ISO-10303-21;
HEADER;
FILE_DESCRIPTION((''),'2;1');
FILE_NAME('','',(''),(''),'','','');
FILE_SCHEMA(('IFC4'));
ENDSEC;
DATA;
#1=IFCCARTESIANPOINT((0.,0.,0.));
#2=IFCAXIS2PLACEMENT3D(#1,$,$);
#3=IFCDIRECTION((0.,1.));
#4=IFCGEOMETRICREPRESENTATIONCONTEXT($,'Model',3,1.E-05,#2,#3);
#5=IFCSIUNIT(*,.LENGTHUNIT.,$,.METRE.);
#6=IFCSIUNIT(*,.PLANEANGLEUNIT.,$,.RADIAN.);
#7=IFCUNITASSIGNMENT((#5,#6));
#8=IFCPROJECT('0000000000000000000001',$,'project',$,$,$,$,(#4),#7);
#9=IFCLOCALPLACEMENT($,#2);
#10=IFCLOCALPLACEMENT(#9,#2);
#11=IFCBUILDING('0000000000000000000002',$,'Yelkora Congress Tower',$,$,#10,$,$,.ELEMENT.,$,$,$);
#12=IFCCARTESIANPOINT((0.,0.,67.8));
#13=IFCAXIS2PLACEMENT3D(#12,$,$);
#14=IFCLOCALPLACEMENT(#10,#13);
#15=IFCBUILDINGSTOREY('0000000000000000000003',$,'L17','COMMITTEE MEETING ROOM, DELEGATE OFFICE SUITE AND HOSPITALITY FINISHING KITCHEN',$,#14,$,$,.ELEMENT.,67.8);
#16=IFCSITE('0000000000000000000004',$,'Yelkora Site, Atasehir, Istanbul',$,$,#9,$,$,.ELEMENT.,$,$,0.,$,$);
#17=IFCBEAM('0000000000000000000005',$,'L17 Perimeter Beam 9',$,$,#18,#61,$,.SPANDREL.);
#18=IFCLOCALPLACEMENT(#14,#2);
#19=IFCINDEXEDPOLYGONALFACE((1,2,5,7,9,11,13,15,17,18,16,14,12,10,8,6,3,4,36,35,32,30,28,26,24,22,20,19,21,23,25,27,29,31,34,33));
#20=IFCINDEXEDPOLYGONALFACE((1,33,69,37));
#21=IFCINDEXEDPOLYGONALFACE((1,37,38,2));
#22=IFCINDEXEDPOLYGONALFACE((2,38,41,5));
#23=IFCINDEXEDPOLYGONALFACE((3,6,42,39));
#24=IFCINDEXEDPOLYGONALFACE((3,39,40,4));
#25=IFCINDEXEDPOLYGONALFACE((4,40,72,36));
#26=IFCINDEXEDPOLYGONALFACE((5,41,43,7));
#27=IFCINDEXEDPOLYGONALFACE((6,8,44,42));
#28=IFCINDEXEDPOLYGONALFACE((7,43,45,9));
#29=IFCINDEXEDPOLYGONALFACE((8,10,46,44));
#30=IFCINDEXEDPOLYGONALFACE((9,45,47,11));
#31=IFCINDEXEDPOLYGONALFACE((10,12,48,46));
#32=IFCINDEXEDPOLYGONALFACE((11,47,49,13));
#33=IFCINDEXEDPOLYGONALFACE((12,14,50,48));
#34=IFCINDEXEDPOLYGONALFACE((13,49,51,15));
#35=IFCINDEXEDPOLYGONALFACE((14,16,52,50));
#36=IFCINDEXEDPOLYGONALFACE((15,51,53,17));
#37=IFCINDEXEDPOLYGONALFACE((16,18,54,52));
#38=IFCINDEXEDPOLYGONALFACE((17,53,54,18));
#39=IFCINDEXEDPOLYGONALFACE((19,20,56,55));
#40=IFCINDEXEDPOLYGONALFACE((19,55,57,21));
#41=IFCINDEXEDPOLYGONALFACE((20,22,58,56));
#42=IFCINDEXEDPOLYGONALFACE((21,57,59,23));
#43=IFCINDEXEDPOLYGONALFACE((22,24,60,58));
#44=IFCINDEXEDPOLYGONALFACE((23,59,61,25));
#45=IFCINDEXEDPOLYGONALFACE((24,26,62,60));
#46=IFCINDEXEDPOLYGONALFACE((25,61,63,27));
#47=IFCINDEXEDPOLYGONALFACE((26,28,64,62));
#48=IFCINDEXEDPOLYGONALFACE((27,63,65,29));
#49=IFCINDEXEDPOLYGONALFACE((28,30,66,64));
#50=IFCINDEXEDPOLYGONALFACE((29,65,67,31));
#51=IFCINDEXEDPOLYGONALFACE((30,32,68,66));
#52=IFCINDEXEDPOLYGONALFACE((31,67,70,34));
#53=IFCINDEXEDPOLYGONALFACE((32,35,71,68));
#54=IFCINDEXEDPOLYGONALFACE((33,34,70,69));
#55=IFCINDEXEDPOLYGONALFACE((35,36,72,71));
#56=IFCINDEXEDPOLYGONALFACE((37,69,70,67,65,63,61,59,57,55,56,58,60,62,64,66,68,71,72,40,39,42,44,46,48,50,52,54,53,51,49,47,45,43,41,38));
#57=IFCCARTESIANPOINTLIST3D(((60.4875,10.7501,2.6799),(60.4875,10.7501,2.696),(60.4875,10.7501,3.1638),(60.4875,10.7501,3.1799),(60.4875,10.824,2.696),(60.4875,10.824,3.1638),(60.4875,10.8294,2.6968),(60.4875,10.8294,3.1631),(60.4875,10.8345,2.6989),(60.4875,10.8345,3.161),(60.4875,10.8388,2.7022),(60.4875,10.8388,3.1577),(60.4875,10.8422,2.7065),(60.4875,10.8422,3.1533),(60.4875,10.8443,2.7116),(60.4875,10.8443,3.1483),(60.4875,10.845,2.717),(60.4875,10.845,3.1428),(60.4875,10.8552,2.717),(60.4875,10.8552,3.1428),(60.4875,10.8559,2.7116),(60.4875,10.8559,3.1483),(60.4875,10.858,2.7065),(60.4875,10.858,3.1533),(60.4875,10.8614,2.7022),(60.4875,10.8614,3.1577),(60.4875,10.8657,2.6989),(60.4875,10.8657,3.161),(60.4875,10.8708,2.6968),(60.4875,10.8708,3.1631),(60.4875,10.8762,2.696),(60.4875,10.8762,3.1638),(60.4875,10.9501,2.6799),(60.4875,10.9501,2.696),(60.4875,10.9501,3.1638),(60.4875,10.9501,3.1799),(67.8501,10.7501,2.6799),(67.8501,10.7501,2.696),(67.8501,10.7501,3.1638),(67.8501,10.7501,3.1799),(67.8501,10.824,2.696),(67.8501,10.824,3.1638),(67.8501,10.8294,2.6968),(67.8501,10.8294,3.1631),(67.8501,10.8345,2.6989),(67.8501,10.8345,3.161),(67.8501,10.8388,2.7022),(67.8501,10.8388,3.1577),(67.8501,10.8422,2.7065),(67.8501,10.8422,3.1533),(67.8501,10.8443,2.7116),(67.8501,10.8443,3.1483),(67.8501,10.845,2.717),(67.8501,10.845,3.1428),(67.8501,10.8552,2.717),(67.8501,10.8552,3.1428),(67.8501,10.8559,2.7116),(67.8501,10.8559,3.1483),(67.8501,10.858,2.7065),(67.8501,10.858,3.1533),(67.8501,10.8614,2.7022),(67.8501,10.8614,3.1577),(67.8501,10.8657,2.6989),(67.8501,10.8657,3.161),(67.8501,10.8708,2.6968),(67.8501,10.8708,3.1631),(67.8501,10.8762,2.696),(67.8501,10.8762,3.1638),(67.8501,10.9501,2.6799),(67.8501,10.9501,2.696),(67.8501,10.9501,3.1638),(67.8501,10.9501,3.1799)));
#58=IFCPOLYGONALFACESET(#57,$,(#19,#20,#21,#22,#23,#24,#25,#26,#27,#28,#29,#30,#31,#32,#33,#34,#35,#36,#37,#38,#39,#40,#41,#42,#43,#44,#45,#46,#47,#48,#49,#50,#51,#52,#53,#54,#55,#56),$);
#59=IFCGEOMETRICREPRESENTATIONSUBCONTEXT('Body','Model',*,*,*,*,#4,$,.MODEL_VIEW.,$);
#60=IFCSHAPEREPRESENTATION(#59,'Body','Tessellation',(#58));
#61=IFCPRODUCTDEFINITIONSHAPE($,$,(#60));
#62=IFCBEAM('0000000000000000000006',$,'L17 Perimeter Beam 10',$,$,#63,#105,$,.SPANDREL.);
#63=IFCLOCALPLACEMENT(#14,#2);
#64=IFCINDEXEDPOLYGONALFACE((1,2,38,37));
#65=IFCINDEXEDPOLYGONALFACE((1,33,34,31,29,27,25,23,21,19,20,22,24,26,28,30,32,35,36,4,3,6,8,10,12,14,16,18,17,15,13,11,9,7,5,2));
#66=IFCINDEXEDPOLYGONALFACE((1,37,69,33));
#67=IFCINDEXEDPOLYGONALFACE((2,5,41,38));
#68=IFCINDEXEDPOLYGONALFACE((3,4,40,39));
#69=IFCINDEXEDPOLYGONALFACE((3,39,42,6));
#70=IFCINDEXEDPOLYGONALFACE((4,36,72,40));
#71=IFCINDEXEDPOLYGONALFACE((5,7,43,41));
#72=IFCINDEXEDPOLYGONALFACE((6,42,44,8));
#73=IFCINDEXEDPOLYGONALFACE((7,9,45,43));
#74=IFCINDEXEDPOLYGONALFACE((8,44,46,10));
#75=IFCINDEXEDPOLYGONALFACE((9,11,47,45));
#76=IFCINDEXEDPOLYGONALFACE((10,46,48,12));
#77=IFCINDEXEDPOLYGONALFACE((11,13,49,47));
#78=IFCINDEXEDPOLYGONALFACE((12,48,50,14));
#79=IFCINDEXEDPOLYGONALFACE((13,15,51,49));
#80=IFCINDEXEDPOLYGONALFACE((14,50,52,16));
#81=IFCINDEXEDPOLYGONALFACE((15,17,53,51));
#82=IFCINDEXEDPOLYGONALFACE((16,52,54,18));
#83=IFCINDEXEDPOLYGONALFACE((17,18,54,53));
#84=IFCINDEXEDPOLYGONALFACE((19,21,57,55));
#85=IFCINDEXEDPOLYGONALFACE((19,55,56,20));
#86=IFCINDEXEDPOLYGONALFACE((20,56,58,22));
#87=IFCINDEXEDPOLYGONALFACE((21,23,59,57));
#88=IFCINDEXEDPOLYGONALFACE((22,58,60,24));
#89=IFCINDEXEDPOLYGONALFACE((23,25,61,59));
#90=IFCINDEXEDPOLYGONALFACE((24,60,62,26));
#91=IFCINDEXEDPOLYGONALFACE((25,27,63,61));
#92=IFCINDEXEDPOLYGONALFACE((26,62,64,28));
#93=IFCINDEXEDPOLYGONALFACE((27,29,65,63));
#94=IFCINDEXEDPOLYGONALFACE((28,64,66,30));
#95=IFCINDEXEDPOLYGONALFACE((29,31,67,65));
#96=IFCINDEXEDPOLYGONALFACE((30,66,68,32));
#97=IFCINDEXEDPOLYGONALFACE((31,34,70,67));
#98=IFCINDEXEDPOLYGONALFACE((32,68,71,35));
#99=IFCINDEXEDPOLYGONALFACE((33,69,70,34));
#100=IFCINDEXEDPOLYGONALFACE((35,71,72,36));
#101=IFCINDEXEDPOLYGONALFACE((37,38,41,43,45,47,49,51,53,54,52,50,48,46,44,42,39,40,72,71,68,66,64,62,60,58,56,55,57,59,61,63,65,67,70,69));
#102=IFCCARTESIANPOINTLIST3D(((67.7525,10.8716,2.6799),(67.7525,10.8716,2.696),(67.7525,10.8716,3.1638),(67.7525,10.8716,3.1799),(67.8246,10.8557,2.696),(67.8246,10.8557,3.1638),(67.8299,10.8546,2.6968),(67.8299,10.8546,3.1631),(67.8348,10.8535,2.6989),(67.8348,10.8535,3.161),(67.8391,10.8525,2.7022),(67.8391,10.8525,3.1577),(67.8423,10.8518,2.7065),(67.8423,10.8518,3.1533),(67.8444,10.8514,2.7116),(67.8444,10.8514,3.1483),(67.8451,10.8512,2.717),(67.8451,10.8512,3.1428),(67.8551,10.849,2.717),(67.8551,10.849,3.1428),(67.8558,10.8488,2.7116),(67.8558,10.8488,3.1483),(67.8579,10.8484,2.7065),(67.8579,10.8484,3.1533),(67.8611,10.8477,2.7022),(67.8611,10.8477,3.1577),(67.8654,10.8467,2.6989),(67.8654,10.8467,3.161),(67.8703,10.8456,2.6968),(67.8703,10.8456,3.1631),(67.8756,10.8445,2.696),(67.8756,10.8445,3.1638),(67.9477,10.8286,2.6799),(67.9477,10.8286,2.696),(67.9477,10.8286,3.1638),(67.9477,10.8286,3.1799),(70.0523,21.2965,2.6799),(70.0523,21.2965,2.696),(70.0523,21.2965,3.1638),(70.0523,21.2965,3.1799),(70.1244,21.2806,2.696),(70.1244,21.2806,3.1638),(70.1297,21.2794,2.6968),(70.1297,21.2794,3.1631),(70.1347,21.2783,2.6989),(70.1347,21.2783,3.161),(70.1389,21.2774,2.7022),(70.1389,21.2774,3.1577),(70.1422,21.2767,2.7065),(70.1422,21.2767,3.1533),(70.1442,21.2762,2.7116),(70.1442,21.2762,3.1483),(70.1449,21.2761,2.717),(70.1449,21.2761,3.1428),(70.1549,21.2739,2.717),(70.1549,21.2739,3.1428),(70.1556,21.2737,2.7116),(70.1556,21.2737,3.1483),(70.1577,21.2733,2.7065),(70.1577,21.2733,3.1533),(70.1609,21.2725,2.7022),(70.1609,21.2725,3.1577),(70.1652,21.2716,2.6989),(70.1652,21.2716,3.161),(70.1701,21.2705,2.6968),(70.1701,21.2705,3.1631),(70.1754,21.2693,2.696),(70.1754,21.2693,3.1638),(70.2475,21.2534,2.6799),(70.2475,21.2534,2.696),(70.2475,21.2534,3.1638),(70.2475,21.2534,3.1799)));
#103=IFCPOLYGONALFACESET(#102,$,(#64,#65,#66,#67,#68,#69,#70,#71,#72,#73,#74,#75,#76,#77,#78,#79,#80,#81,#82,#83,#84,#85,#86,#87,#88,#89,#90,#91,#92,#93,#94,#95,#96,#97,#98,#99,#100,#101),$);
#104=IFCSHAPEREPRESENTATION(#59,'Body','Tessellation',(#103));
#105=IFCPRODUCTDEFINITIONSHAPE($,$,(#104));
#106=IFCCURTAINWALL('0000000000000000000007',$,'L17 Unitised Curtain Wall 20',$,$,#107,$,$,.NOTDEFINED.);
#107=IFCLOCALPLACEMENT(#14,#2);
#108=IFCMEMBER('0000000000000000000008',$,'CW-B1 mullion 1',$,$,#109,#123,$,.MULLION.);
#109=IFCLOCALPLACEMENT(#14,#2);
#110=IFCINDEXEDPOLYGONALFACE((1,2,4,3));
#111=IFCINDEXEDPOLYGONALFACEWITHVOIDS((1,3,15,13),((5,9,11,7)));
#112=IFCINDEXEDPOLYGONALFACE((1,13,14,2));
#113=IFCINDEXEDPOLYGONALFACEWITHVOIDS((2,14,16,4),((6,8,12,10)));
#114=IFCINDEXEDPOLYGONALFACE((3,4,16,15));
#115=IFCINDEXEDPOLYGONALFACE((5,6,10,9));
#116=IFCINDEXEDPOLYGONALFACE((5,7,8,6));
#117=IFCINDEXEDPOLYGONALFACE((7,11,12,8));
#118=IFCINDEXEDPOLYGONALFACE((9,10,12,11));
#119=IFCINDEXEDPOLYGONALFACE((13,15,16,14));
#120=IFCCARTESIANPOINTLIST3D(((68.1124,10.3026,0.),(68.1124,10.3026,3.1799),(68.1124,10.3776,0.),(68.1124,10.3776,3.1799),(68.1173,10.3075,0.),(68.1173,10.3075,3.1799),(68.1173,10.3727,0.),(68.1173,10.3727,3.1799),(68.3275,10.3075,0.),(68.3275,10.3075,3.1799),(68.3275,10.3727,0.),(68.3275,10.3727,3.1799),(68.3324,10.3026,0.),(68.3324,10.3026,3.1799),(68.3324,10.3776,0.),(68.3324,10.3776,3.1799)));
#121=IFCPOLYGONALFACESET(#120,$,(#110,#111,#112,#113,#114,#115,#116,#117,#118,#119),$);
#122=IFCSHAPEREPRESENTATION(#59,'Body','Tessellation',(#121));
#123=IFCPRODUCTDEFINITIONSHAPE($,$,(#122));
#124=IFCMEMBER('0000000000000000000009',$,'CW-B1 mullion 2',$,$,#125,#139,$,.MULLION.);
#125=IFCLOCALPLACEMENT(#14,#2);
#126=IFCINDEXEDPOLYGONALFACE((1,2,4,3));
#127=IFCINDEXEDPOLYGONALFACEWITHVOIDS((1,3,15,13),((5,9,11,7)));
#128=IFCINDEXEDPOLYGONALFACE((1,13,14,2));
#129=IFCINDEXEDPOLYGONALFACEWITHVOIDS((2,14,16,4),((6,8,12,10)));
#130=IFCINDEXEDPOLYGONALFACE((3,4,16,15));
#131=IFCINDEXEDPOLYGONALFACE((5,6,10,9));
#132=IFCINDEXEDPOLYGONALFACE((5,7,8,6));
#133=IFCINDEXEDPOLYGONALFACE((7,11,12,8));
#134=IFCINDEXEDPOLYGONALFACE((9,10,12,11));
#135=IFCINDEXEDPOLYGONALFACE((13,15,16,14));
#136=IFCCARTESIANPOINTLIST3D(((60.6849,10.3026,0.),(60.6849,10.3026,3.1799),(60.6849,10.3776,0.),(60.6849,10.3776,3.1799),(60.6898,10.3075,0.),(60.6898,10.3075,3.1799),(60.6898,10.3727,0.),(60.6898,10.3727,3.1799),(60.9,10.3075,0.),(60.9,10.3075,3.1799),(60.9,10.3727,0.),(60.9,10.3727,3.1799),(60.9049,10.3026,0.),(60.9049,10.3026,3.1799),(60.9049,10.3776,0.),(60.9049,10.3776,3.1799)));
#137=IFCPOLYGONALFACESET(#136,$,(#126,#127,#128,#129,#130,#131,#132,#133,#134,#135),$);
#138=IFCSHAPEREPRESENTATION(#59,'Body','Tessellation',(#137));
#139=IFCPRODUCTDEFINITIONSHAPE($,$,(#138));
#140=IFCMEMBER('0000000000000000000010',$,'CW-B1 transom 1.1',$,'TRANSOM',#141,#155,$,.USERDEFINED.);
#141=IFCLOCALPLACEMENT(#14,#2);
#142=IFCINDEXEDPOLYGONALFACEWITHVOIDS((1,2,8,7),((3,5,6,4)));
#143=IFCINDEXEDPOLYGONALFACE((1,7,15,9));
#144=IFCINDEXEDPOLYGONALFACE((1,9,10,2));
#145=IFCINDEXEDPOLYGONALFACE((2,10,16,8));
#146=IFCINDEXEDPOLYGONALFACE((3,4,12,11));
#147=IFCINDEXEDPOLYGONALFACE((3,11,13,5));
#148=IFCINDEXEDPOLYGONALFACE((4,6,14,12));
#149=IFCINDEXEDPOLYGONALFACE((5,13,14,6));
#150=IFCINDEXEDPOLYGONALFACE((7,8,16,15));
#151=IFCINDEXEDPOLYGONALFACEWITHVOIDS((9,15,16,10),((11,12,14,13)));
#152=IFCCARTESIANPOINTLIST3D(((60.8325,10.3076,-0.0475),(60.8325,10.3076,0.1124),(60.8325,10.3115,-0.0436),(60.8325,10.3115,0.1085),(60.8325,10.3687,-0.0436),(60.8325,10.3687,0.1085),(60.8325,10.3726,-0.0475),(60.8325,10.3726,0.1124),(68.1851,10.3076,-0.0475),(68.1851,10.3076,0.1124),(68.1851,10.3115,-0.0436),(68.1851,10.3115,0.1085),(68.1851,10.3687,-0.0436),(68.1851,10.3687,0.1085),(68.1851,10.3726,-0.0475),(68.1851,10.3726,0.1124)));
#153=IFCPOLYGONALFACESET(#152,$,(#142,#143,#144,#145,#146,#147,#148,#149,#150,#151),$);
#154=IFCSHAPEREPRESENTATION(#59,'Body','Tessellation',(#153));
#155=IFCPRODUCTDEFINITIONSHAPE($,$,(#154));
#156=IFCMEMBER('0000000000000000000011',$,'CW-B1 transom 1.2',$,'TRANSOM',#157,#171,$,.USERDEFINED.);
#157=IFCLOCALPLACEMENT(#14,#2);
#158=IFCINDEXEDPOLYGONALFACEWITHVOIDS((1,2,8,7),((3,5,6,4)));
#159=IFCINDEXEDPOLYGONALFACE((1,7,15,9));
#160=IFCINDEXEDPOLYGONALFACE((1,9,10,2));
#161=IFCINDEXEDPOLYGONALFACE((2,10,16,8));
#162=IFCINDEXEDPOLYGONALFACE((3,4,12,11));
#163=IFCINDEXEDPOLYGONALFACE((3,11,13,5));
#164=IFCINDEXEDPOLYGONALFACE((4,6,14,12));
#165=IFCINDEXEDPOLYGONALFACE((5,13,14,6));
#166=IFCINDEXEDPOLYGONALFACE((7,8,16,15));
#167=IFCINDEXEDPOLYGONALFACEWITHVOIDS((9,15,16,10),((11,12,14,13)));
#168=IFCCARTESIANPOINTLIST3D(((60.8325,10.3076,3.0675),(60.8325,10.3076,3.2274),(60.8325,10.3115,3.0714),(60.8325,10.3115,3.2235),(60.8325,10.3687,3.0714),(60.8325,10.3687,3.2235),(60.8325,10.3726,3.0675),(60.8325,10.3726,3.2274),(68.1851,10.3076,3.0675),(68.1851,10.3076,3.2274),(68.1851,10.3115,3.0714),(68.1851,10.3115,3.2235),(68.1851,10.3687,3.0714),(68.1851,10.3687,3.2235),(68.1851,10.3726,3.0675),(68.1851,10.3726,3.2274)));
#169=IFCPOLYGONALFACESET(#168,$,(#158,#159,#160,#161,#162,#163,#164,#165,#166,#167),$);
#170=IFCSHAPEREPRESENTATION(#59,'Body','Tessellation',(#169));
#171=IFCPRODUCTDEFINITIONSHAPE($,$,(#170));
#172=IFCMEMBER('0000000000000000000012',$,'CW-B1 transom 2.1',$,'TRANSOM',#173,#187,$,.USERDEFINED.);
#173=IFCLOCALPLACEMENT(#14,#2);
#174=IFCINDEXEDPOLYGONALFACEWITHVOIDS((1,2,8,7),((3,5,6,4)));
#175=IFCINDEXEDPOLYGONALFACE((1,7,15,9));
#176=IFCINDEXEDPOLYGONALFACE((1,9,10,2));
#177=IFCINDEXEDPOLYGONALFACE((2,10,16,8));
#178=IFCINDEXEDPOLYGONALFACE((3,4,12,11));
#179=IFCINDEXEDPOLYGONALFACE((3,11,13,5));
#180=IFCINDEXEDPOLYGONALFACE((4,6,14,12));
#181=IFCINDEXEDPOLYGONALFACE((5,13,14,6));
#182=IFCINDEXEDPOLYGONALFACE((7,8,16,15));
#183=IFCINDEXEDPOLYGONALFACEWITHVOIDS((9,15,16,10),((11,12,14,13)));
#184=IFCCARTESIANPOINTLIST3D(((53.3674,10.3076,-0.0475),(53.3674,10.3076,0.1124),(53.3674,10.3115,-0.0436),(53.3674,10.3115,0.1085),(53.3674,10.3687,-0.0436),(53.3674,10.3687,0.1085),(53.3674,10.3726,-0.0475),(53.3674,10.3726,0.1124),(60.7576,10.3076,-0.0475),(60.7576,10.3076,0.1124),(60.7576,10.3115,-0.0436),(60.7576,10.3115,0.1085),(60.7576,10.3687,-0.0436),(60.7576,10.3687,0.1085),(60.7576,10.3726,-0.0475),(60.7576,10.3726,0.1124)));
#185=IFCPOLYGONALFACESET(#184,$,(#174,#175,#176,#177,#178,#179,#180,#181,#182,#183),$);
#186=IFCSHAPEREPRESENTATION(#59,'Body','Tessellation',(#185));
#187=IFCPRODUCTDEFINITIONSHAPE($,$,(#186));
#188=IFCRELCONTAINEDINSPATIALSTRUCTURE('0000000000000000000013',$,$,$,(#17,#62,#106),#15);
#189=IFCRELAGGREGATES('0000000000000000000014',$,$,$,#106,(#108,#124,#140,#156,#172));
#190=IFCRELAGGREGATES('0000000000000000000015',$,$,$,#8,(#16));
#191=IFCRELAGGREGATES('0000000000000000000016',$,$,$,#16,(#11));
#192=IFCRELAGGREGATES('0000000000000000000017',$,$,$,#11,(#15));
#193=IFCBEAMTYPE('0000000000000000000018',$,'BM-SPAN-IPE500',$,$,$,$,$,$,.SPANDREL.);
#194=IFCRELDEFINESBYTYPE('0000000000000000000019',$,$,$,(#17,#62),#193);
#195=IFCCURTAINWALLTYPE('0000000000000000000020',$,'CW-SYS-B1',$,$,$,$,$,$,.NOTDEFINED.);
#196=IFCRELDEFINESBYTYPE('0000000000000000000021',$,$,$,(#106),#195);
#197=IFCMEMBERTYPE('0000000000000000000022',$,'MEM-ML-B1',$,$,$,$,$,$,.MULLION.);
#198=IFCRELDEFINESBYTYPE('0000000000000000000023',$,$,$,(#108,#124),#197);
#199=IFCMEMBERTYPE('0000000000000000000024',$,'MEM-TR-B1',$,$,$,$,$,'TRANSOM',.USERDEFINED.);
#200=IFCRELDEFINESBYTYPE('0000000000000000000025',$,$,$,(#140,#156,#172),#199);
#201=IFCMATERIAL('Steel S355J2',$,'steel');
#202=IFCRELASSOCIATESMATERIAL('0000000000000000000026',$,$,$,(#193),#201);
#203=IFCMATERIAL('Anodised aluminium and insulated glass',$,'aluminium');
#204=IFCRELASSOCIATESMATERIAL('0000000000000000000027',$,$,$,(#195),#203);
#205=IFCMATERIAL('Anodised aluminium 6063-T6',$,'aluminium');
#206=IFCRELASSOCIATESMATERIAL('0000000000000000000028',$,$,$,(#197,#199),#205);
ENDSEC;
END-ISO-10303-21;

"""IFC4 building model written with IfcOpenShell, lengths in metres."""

from ifc_helpers import new_model, si_unit, direction, frame, origin, origin_2d, place, context, subcontext, project, spatial, hollow_rectangle, i_section, extrude, material, material_profile, profile_set, type_object, element, aggregate, save


model = new_model("IFC4")

# Units and contexts
model_context = context("Model", 3, precision=1e-05, world=origin(), true_north=direction((0.0, 1.0)))
body_context = subcontext(model_context, "Body", "Model", "MODEL_VIEW")
ifc_project = project(units=[si_unit("LENGTHUNIT", "METRE"), si_unit("PLANEANGLEUNIT", "RADIAN")], contexts=[model_context])

# Site, building, storey
site_placement = place(None, origin())
site = spatial("IfcSite", under=ifc_project, at=site_placement, Name="Yelkora Site, Atasehir, Istanbul", CompositionType="ELEMENT", RefElevation=0.0)
building_placement = place(site_placement, origin())
building = spatial("IfcBuilding", under=site, at=building_placement, Name="Yelkora Congress Tower", CompositionType="ELEMENT")
storey_placement = place(building_placement, frame((0.0, 0.0, 67.8)))
storey = spatial("IfcBuildingStorey", under=building, at=storey_placement, Name="L17", Description="COMMITTEE MEETING ROOM, DELEGATE OFFICE SUITE AND HOSPITALITY FINISHING KITCHEN", CompositionType="ELEMENT", Elevation=67.8)

# Beams
ifc_material_1 = material(Name="Steel S355J2", Category="steel")
ifc_material_profile_1 = material_profile(ifc_material_1, i_section(OverallWidth=0.2, OverallDepth=0.5, WebThickness=0.0103, FlangeThickness=0.0161, FilletRadius=0.021, at=origin_2d()), Name="IPE 500")
ifc_profile_set_1 = profile_set([ifc_material_profile_1], Name="Steel S355J2")
beam_type_1 = type_object("IfcBeamType", Name="BM-SPAN-IPE500", PredefinedType="SPANDREL", material=ifc_profile_set_1)
beam_1_placement = place(storey_placement, frame((60.4875, 10.8501, 2.9299), z_axis=(1.0, 0.0, 0.0), x_axis=(0.0, 1.0, 0.0)))
element("IfcBeam", 1, at=beam_1_placement, inside=storey, type_object=beam_type_1, Name="L17 Perimeter Beam 9", PredefinedType="SPANDREL", context=body_context, shape_type="SweptSolid", body=[
    extrude(i_section(OverallWidth=0.2, OverallDepth=0.5, WebThickness=0.0103, FlangeThickness=0.0161, FilletRadius=0.021, at=origin_2d()), origin(), (0.0, 0.0, 1.0), 7.3625),
])
beam_2_placement = place(storey_placement, frame((67.8501, 10.8501, 2.9299), z_axis=(0.215429, 0.97652, 0.0), x_axis=(-0.97652, 0.215429, 0.0)))
element("IfcBeam", 2, at=beam_2_placement, inside=storey, type_object=beam_type_1, Name="L17 Perimeter Beam 10", PredefinedType="SPANDREL", context=body_context, shape_type="SweptSolid", body=[
    extrude(i_section(OverallWidth=0.2, OverallDepth=0.5, WebThickness=0.0103, FlangeThickness=0.0161, FilletRadius=0.021, at=origin_2d()), origin(), (0.0, 0.0, 1.0), 10.6755),
])

# Curtain wall, members
ifc_material_2 = material(Name="Anodised aluminium and insulated glass", Category="aluminium")
curtain_wall_type = type_object("IfcCurtainWallType", Name="CW-SYS-B1", PredefinedType="NOTDEFINED", material=ifc_material_2)
curtain_wall_placement = place(storey_placement, origin())
curtain_wall = element("IfcCurtainWall", 3, at=curtain_wall_placement, inside=storey, type_object=curtain_wall_type, Name="L17 Unitised Curtain Wall 20", PredefinedType="NOTDEFINED")
ifc_material_3 = material(Name="Anodised aluminium 6063-T6", Category="aluminium")
ifc_material_profile_2 = material_profile(ifc_material_3, hollow_rectangle(XDim=0.075, YDim=0.22, WallThickness=0.0049, at=origin_2d()), Name="ALU 75x220x5")
ifc_profile_set_2 = profile_set([ifc_material_profile_2], Name="Anodised aluminium 6063-T6")
member_type_1 = type_object("IfcMemberType", Name="MEM-ML-B1", PredefinedType="MULLION", material=ifc_profile_set_2)
member_1_placement = place(storey_placement, frame((68.2224, 10.3401, 0.0), z_axis=(0.0, 0.0, 1.0), x_axis=(0.0, -1.0, 0.0)))
member_1 = element("IfcMember", 4, at=member_1_placement, type_object=member_type_1, Name="CW-B1 mullion 1", PredefinedType="MULLION", context=body_context, shape_type="SweptSolid", body=[
    extrude(hollow_rectangle(XDim=0.075, YDim=0.22, WallThickness=0.0049, at=origin_2d()), origin(), (0.0, 0.0, 1.0), 3.1799),
])
member_2_placement = place(storey_placement, frame((60.7949, 10.3401, 0.0), z_axis=(0.0, 0.0, 1.0), x_axis=(0.0, -1.0, 0.0)))
member_2 = element("IfcMember", 5, at=member_2_placement, type_object=member_type_1, Name="CW-B1 mullion 2", PredefinedType="MULLION", context=body_context, shape_type="SweptSolid", body=[
    extrude(hollow_rectangle(XDim=0.075, YDim=0.22, WallThickness=0.0049, at=origin_2d()), origin(), (0.0, 0.0, 1.0), 3.1799),
])
ifc_material_profile_3 = material_profile(ifc_material_3, hollow_rectangle(XDim=0.0649, YDim=0.1599, WallThickness=0.0039, at=origin_2d()), Name="ALU 65x160x4")
ifc_profile_set_3 = profile_set([ifc_material_profile_3], Name="Anodised aluminium 6063-T6")
member_type_2 = type_object("IfcMemberType", Name="MEM-TR-B1", ElementType="TRANSOM", PredefinedType="USERDEFINED", material=ifc_profile_set_3)
member_3_placement = place(storey_placement, frame((68.1851, 10.3401, 0.0325), z_axis=(-1.0, 0.0, 0.0), x_axis=(0.0, -1.0, 0.0)))
member_3 = element("IfcMember", 6, at=member_3_placement, type_object=member_type_2, Name="CW-B1 transom 1.1", ObjectType="TRANSOM", PredefinedType="USERDEFINED", context=body_context, shape_type="SweptSolid", body=[
    extrude(hollow_rectangle(XDim=0.0649, YDim=0.1599, WallThickness=0.0039, at=origin_2d()), origin(), (0.0, 0.0, 1.0), 7.3525),
])
member_4_placement = place(storey_placement, frame((68.1851, 10.3401, 3.1475), z_axis=(-1.0, 0.0, 0.0), x_axis=(0.0, -1.0, 0.0)))
member_4 = element("IfcMember", 7, at=member_4_placement, type_object=member_type_2, Name="CW-B1 transom 1.2", ObjectType="TRANSOM", PredefinedType="USERDEFINED", context=body_context, shape_type="SweptSolid", body=[
    extrude(hollow_rectangle(XDim=0.0649, YDim=0.1599, WallThickness=0.0039, at=origin_2d()), origin(), (0.0, 0.0, 1.0), 7.3525),
])
member_5_placement = place(storey_placement, frame((60.7576, 10.3401, 0.0325), z_axis=(-1.0, 0.0, 0.0), x_axis=(0.0, -1.0, 0.0)))
member_5 = element("IfcMember", 8, at=member_5_placement, type_object=member_type_2, Name="CW-B1 transom 2.1", ObjectType="TRANSOM", PredefinedType="USERDEFINED", context=body_context, shape_type="SweptSolid", body=[
    extrude(hollow_rectangle(XDim=0.0649, YDim=0.1599, WallThickness=0.0039, at=origin_2d()), origin(), (0.0, 0.0, 1.0), 7.3901),
])
aggregate(curtain_wall, [member_1, member_2, member_3, member_4, member_5])

save(model, "model.ifc")
